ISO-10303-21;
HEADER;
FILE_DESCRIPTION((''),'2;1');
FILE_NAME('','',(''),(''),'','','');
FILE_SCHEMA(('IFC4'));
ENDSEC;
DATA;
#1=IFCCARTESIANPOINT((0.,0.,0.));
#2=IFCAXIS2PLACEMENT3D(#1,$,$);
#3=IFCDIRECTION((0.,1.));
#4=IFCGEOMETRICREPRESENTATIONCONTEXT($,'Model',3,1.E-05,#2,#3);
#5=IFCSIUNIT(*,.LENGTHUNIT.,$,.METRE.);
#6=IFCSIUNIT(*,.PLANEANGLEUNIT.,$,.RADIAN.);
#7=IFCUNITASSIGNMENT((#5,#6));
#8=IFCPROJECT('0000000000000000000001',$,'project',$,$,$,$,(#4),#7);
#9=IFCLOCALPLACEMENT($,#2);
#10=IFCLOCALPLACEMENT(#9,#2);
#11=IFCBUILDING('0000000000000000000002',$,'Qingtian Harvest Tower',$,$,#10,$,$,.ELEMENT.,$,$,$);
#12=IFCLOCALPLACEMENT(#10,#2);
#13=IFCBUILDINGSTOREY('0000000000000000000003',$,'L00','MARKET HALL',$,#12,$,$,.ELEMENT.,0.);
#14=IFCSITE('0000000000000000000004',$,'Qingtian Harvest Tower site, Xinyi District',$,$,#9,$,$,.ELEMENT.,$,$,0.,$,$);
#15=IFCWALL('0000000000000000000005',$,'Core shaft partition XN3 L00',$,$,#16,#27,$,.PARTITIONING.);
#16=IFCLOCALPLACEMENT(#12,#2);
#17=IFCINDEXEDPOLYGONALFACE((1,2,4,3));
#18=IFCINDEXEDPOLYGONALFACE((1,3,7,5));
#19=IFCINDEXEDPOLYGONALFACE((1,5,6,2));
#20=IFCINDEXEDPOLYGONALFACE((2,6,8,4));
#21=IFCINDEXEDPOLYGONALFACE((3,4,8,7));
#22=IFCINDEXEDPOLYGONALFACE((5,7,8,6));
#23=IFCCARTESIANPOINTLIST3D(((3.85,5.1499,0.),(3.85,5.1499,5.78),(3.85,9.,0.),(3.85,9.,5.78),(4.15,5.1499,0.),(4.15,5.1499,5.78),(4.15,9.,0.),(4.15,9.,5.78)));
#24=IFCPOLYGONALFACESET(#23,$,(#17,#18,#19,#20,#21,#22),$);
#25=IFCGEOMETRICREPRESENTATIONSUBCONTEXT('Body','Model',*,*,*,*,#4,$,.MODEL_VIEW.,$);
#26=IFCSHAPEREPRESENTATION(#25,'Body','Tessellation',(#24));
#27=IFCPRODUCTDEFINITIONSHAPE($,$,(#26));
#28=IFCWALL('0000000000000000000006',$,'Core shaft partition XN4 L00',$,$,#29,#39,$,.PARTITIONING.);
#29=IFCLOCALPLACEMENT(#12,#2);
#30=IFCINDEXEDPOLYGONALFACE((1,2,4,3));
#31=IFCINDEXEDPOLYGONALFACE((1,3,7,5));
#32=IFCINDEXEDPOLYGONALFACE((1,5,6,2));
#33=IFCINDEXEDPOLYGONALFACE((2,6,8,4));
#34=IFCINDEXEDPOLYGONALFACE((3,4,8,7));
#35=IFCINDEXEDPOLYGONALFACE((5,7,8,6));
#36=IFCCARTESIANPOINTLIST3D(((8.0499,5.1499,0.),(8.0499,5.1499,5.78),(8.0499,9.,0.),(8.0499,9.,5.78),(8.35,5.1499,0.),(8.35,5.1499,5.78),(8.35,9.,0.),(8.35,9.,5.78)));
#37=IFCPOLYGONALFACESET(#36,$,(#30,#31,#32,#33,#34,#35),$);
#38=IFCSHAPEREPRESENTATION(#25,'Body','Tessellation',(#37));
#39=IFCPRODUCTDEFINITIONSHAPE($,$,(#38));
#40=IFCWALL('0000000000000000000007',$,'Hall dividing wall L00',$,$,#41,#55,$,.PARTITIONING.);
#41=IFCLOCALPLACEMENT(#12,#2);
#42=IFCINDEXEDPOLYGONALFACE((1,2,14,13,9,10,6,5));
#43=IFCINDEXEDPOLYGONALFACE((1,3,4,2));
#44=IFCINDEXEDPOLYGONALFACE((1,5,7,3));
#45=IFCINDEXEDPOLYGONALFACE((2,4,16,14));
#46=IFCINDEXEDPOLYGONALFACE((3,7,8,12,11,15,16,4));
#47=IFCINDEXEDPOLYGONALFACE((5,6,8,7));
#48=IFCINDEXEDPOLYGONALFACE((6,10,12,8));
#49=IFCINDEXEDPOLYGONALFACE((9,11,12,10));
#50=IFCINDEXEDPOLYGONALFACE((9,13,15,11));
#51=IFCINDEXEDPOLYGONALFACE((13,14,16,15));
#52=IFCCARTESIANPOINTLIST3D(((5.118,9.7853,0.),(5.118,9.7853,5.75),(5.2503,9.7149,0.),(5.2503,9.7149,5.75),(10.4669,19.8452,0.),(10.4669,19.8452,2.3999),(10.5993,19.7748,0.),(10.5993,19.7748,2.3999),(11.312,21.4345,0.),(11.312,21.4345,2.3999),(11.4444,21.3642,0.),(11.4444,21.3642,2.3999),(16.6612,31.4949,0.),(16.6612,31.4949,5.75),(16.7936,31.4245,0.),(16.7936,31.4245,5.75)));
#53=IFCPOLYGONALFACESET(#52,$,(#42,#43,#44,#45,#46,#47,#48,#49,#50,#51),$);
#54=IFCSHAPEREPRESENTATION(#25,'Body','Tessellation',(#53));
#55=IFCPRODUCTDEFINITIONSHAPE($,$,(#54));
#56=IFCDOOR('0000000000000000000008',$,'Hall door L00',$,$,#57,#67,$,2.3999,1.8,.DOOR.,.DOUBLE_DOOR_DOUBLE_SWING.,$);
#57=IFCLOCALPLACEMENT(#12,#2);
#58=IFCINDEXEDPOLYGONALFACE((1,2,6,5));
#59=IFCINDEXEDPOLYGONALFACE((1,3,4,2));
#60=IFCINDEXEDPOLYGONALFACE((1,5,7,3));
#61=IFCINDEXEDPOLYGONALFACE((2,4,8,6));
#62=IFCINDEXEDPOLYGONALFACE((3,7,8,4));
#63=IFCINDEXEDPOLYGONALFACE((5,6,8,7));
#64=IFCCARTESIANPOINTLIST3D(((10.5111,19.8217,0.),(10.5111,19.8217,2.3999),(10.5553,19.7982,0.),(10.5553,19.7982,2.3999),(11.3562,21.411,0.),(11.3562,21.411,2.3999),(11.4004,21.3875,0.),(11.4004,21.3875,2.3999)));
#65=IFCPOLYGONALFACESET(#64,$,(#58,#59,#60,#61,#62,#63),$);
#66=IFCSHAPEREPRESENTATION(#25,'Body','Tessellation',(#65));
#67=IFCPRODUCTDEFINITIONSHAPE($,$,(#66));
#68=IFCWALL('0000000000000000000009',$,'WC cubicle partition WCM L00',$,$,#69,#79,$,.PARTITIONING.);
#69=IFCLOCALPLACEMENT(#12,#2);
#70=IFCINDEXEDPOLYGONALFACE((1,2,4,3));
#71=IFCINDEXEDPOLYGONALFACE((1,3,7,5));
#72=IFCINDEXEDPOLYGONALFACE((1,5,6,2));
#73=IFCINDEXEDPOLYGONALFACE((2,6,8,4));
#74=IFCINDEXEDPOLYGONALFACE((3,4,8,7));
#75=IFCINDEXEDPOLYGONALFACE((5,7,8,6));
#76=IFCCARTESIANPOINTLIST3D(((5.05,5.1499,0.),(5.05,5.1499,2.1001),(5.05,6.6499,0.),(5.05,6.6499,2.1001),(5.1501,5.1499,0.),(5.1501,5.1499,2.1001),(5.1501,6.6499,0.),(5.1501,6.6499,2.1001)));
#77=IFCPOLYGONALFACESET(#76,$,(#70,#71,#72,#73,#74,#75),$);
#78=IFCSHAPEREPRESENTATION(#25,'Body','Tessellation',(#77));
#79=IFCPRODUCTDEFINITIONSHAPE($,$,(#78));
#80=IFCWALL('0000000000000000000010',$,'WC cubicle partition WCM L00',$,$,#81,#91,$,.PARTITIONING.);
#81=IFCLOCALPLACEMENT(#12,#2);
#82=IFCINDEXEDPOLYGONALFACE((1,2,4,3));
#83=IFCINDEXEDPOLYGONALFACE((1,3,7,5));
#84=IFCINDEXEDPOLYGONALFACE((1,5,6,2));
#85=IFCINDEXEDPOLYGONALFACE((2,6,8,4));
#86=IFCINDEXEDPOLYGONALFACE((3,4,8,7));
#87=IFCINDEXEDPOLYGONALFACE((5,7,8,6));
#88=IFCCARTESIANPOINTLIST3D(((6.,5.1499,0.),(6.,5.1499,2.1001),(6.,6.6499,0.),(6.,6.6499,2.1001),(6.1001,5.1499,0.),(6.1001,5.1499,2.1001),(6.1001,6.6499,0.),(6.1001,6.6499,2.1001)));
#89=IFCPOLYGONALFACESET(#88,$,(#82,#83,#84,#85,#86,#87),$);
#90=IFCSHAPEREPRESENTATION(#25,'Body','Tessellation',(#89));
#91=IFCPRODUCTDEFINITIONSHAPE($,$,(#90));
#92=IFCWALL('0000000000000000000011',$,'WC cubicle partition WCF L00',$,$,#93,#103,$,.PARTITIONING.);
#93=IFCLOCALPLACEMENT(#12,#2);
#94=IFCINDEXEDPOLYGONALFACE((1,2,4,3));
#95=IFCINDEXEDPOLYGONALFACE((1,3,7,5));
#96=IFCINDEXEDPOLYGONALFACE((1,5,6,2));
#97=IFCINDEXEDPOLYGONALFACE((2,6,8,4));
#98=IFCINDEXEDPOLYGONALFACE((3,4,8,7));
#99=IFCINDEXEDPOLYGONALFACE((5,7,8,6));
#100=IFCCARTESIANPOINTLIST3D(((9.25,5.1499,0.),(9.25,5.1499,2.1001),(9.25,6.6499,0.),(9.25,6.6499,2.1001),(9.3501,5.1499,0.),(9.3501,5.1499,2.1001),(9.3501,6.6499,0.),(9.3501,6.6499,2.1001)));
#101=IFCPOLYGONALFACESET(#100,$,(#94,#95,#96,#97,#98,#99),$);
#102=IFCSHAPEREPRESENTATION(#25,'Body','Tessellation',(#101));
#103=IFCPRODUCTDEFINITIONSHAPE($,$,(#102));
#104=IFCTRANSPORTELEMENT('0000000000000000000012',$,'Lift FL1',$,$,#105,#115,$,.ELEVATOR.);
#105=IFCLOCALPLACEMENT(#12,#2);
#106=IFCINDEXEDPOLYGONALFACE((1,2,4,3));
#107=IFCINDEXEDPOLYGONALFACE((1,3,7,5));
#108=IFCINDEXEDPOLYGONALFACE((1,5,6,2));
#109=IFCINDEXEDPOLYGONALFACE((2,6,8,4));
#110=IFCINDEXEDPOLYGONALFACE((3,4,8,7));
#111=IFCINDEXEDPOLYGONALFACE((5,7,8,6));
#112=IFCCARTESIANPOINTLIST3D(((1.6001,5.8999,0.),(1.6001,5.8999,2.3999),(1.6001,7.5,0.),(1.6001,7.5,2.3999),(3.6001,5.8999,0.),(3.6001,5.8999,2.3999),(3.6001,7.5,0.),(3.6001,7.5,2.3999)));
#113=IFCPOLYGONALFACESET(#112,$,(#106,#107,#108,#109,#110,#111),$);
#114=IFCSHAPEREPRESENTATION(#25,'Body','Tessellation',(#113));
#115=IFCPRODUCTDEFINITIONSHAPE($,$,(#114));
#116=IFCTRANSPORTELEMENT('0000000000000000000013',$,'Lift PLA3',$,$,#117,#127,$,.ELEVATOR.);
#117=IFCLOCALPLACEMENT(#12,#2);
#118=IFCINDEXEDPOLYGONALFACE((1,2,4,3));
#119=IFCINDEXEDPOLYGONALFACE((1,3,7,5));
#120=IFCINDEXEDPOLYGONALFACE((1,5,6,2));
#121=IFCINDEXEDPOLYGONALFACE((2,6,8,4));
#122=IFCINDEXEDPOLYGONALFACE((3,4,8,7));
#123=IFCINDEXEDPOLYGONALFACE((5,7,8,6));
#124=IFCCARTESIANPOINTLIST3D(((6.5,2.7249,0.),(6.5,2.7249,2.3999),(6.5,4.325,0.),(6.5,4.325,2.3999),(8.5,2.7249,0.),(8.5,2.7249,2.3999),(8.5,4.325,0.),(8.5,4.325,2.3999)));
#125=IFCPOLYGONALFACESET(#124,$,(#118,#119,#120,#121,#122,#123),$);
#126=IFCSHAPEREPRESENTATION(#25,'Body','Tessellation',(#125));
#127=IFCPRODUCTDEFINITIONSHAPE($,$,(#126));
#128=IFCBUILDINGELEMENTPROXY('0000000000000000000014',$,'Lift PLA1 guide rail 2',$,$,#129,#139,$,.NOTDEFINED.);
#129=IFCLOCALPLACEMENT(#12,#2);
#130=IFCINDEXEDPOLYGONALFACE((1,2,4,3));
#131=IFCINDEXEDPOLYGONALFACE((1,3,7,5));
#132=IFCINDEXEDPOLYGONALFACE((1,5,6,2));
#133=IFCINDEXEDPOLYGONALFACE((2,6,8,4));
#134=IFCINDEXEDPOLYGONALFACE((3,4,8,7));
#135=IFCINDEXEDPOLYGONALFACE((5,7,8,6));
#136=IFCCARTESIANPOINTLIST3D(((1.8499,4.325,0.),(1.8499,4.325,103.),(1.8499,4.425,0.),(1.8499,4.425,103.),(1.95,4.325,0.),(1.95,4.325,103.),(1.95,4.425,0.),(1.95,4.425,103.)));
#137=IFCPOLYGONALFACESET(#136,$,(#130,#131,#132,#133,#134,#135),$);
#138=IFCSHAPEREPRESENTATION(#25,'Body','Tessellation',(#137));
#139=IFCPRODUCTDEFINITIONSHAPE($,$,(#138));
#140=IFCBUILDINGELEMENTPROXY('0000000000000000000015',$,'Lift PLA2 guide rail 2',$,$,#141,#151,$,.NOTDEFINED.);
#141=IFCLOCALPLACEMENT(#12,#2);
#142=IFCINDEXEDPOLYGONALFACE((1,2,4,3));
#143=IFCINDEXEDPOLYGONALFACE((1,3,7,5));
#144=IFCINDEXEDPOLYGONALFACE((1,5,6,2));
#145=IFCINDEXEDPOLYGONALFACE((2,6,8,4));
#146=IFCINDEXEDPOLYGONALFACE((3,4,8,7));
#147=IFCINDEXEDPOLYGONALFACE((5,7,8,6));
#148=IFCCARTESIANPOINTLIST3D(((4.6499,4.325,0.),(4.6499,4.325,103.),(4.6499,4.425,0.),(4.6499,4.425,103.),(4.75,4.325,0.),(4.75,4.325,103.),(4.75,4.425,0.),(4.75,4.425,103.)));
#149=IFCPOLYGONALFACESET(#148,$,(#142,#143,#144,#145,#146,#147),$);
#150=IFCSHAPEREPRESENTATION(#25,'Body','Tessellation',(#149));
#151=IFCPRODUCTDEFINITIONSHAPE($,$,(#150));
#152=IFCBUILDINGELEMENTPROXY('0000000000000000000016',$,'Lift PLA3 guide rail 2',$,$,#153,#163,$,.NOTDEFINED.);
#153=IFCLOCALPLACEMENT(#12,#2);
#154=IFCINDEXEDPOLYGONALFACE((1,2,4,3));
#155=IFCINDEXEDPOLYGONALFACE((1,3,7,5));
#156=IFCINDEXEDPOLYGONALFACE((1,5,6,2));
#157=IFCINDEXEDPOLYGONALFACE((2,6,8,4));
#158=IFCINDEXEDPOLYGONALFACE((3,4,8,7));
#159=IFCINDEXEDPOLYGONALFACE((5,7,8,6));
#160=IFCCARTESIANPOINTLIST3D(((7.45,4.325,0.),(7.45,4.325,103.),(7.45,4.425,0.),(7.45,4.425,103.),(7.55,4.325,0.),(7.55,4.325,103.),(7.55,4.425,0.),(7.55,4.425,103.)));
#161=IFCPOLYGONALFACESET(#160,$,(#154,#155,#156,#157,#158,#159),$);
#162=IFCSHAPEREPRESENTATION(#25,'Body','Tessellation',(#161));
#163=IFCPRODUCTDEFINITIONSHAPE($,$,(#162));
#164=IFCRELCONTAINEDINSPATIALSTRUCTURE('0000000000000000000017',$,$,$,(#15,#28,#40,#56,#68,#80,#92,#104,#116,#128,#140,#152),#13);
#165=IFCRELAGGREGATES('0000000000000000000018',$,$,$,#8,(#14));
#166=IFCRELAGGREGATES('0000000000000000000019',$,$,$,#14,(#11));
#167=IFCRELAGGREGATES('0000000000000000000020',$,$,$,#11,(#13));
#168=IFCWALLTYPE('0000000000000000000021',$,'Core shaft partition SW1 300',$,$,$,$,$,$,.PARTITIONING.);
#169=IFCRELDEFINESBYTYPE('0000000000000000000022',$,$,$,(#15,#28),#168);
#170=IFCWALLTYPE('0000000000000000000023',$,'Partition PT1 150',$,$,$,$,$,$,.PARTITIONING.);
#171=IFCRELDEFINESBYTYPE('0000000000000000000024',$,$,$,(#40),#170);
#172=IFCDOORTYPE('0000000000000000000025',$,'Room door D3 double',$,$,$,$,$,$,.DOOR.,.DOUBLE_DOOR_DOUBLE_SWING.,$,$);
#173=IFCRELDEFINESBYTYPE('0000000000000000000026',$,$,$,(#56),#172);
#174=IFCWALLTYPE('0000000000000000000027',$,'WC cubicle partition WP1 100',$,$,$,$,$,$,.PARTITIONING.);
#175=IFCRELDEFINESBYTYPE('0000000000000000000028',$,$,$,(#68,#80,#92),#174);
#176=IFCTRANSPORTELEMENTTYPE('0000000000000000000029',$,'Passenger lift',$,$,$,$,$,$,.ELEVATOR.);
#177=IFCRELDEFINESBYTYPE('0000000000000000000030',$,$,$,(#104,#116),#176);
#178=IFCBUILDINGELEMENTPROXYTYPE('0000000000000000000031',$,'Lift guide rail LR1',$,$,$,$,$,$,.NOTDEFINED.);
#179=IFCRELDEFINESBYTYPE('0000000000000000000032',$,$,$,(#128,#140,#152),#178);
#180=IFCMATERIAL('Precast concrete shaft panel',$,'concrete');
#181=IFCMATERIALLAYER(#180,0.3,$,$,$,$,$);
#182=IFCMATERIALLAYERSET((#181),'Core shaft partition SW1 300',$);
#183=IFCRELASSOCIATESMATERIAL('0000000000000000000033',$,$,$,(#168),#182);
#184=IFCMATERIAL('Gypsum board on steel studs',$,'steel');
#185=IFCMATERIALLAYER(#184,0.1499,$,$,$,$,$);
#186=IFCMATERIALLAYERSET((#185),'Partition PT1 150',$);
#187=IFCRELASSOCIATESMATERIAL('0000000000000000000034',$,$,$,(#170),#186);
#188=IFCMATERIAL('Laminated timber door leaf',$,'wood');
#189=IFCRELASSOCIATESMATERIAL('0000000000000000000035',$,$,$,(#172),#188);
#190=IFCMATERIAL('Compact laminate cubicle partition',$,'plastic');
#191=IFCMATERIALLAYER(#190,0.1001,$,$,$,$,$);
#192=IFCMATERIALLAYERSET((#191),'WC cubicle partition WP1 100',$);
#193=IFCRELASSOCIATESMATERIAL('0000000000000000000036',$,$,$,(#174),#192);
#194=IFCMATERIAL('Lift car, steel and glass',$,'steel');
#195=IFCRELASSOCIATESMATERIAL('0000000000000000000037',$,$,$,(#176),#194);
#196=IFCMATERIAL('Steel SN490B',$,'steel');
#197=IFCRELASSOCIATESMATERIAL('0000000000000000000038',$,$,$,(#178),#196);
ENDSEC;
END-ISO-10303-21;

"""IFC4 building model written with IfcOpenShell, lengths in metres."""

from ifc_helpers import new_model, si_unit, direction, frame, frame_2d, origin, origin_2d, place, context, subcontext, project, spatial, rectangle, extrude, material, layer, layer_set, type_object, element, fill, save


model = new_model("IFC4")

# Units and contexts
model_context = context("Model", 3, precision=1e-05, world=origin(), true_north=direction((0.0, 1.0)))
body_context = subcontext(model_context, "Body", "Model", "MODEL_VIEW")
ifc_project = project(units=[si_unit("LENGTHUNIT", "METRE"), si_unit("PLANEANGLEUNIT", "RADIAN")], contexts=[model_context])

# Site, building, storey
site_placement = place(None, origin())
site = spatial("IfcSite", under=ifc_project, at=site_placement, Name="Qingtian Harvest Tower site, Xinyi District", CompositionType="ELEMENT", RefElevation=0.0)
building_placement = place(site_placement, origin())
building = spatial("IfcBuilding", under=site, at=building_placement, Name="Qingtian Harvest Tower", CompositionType="ELEMENT")
storey_placement = place(building_placement, origin())
storey = spatial("IfcBuildingStorey", under=building, at=storey_placement, Name="L00", Description="MARKET HALL", CompositionType="ELEMENT", Elevation=0.0)

# Shared definitions
ifc_material_1 = material(Name="Precast concrete shaft panel", Category="concrete")
ifc_layer_1 = layer(ifc_material_1, 0.3)
ifc_layer_set_1 = layer_set([ifc_layer_1], Name="Core shaft partition SW1 300")
wall_type_1 = type_object("IfcWallType", Name="Core shaft partition SW1 300", PredefinedType="PARTITIONING", material=ifc_layer_set_1)

# Walls
for number, where, z_axis, x_axis, name in (
    (1, (4.0, 5.1499, 0.0), (0.0, 0.0, 1.0), (0.0, 1.0, 0.0), "Core shaft partition XN3 L00"),
    (2, (8.2, 5.1499, 0.0), (0.0, 0.0, 1.0), (0.0, 1.0, 0.0), "Core shaft partition XN4 L00"),
):
    element("IfcWall", number, at=place(storey_placement, frame(where, z_axis=z_axis, x_axis=x_axis)), inside=storey, type_object=wall_type_1, Name=name, PredefinedType="PARTITIONING", context=body_context, shape_type="SweptSolid", body=[
        extrude(rectangle(XDim=3.8501, YDim=0.3, at=frame_2d((1.925, 0.0))), origin(), (0.0, 0.0, 1.0), 5.78),
    ])

# Wall, opening, door
ifc_material_2 = material(Name="Gypsum board on steel studs", Category="steel")
ifc_layer_2 = layer(ifc_material_2, 0.1499)
ifc_layer_set_2 = layer_set([ifc_layer_2], Name="Partition PT1 150")
wall_type_2 = type_object("IfcWallType", Name="Partition PT1 150", PredefinedType="PARTITIONING", material=ifc_layer_set_2)
wall_1_placement = place(storey_placement, frame((5.1841, 9.75, 0.0), z_axis=(0.0, 0.0, 1.0), x_axis=(0.469474, 0.882946, 0.0)))
wall_1 = element("IfcWall", 3, at=wall_1_placement, inside=storey, type_object=wall_type_2, Name="Hall dividing wall L00", PredefinedType="PARTITIONING", context=body_context, shape_type="SweptSolid", body=[
    extrude(rectangle(XDim=24.5876, YDim=0.1499, at=frame_2d((12.2939, 0.0))), origin(), (0.0, 0.0, 1.0), 5.75),
])
opening_1_placement = place(wall_1_placement, frame((11.3938, 0.0, 0.0)))
opening_1 = element("IfcOpeningElement", 4, at=opening_1_placement, cuts=wall_1, PredefinedType="OPENING", context=body_context, shape_type="SweptSolid", body=[
    extrude(rectangle(XDim=1.8, YDim=2.3999, at=frame_2d((0.8999, 1.2))), frame((0.0, 0.085, 0.0), z_axis=(0.0, -1.0, 0.0), x_axis=(1.0, 0.0, 0.0)), (0.0, 0.0, 1.0), 0.1699),
])
ifc_material_3 = material(Name="Laminated timber door leaf", Category="wood")
door_type_1 = type_object("IfcDoorType", Name="Room door D3 double", OperationType="DOUBLE_DOOR_DOUBLE_SWING", PredefinedType="DOOR", material=ifc_material_3)
door_1_placement = place(opening_1_placement, origin())
door_1 = element("IfcDoor", 5, at=door_1_placement, inside=storey, type_object=door_type_1, Name="Hall door L00", OperationType="DOUBLE_DOOR_DOUBLE_SWING", OverallHeight=2.3999, OverallWidth=1.8, PredefinedType="DOOR", context=body_context, shape_type="SweptSolid", body=[
    extrude(rectangle(XDim=1.8, YDim=2.3999, at=frame_2d((0.8999, 1.2))), frame((0.0, 0.0249, 0.0), z_axis=(0.0, -1.0, 0.0), x_axis=(1.0, 0.0, 0.0)), (0.0, 0.0, 1.0), 0.05),
])
fill(opening_1, door_1)

# Walls
ifc_material_4 = material(Name="Compact laminate cubicle partition", Category="plastic")
ifc_layer_3 = layer(ifc_material_4, 0.1001)
ifc_layer_set_3 = layer_set([ifc_layer_3], Name="WC cubicle partition WP1 100")
wall_type_3 = type_object("IfcWallType", Name="WC cubicle partition WP1 100", PredefinedType="PARTITIONING", material=ifc_layer_set_3)
for number, where, z_axis, x_axis, name in (
    (6, (5.1001, 5.1499, 0.0), (0.0, 0.0, 1.0), (0.0, 1.0, 0.0), "WC cubicle partition WCM L00"),
    (7, (6.05, 5.1499, 0.0), (0.0, 0.0, 1.0), (0.0, 1.0, 0.0), "WC cubicle partition WCM L00"),
    (8, (9.3, 5.1499, 0.0), (0.0, 0.0, 1.0), (0.0, 1.0, 0.0), "WC cubicle partition WCF L00"),
):
    element("IfcWall", number, at=place(storey_placement, frame(where, z_axis=z_axis, x_axis=x_axis)), inside=storey, type_object=wall_type_3, Name=name, PredefinedType="PARTITIONING", context=body_context, shape_type="SweptSolid", body=[
        extrude(rectangle(XDim=1.5, YDim=0.1001, at=frame_2d((0.75, 0.0))), origin(), (0.0, 0.0, 1.0), 2.1001),
    ])

# Transport elements
ifc_material_5 = material(Name="Lift car, steel and glass", Category="steel")
transport_element_type = type_object("IfcTransportElementType", Name="Passenger lift", PredefinedType="ELEVATOR", material=ifc_material_5)
for number, where, z_axis, x_axis, name in (
    (9, (2.6001, 6.7, 0.0), (0.0, 0.0, 1.0), (1.0, 0.0, 0.0), "Lift FL1"),
    (10, (7.5, 3.5249, 0.0), (0.0, 0.0, 1.0), (1.0, 0.0, 0.0), "Lift PLA3"),
):
    element("IfcTransportElement", number, at=place(storey_placement, frame(where, z_axis=z_axis, x_axis=x_axis)), inside=storey, type_object=transport_element_type, Name=name, PredefinedType="ELEVATOR", context=body_context, shape_type="SweptSolid", body=[
        extrude(rectangle(XDim=2.0, YDim=1.6001, at=origin_2d()), origin(), (0.0, 0.0, 1.0), 2.3999),
    ])

# Building element proxies
ifc_material_6 = material(Name="Steel SN490B", Category="steel")
building_element_proxy_type = type_object("IfcBuildingElementProxyType", Name="Lift guide rail LR1", PredefinedType="NOTDEFINED", material=ifc_material_6)
for number, where, z_axis, x_axis, name in (
    (11, (1.8999, 4.375, 0.0), (0.0, 0.0, 1.0), (1.0, 0.0, 0.0), "Lift PLA1 guide rail 2"),
    (12, (4.7, 4.375, 0.0), (0.0, 0.0, 1.0), (1.0, 0.0, 0.0), "Lift PLA2 guide rail 2"),
    (13, (7.5, 4.375, 0.0), (0.0, 0.0, 1.0), (1.0, 0.0, 0.0), "Lift PLA3 guide rail 2"),
):
    element("IfcBuildingElementProxy", number, at=place(storey_placement, frame(where, z_axis=z_axis, x_axis=x_axis)), inside=storey, type_object=building_element_proxy_type, Name=name, PredefinedType="NOTDEFINED", context=body_context, shape_type="SweptSolid", body=[
        extrude(rectangle(XDim=0.1001, YDim=0.1001, at=origin_2d()), origin(), (0.0, 0.0, 1.0), 103.0),
    ])

save(model, "model.ifc")
